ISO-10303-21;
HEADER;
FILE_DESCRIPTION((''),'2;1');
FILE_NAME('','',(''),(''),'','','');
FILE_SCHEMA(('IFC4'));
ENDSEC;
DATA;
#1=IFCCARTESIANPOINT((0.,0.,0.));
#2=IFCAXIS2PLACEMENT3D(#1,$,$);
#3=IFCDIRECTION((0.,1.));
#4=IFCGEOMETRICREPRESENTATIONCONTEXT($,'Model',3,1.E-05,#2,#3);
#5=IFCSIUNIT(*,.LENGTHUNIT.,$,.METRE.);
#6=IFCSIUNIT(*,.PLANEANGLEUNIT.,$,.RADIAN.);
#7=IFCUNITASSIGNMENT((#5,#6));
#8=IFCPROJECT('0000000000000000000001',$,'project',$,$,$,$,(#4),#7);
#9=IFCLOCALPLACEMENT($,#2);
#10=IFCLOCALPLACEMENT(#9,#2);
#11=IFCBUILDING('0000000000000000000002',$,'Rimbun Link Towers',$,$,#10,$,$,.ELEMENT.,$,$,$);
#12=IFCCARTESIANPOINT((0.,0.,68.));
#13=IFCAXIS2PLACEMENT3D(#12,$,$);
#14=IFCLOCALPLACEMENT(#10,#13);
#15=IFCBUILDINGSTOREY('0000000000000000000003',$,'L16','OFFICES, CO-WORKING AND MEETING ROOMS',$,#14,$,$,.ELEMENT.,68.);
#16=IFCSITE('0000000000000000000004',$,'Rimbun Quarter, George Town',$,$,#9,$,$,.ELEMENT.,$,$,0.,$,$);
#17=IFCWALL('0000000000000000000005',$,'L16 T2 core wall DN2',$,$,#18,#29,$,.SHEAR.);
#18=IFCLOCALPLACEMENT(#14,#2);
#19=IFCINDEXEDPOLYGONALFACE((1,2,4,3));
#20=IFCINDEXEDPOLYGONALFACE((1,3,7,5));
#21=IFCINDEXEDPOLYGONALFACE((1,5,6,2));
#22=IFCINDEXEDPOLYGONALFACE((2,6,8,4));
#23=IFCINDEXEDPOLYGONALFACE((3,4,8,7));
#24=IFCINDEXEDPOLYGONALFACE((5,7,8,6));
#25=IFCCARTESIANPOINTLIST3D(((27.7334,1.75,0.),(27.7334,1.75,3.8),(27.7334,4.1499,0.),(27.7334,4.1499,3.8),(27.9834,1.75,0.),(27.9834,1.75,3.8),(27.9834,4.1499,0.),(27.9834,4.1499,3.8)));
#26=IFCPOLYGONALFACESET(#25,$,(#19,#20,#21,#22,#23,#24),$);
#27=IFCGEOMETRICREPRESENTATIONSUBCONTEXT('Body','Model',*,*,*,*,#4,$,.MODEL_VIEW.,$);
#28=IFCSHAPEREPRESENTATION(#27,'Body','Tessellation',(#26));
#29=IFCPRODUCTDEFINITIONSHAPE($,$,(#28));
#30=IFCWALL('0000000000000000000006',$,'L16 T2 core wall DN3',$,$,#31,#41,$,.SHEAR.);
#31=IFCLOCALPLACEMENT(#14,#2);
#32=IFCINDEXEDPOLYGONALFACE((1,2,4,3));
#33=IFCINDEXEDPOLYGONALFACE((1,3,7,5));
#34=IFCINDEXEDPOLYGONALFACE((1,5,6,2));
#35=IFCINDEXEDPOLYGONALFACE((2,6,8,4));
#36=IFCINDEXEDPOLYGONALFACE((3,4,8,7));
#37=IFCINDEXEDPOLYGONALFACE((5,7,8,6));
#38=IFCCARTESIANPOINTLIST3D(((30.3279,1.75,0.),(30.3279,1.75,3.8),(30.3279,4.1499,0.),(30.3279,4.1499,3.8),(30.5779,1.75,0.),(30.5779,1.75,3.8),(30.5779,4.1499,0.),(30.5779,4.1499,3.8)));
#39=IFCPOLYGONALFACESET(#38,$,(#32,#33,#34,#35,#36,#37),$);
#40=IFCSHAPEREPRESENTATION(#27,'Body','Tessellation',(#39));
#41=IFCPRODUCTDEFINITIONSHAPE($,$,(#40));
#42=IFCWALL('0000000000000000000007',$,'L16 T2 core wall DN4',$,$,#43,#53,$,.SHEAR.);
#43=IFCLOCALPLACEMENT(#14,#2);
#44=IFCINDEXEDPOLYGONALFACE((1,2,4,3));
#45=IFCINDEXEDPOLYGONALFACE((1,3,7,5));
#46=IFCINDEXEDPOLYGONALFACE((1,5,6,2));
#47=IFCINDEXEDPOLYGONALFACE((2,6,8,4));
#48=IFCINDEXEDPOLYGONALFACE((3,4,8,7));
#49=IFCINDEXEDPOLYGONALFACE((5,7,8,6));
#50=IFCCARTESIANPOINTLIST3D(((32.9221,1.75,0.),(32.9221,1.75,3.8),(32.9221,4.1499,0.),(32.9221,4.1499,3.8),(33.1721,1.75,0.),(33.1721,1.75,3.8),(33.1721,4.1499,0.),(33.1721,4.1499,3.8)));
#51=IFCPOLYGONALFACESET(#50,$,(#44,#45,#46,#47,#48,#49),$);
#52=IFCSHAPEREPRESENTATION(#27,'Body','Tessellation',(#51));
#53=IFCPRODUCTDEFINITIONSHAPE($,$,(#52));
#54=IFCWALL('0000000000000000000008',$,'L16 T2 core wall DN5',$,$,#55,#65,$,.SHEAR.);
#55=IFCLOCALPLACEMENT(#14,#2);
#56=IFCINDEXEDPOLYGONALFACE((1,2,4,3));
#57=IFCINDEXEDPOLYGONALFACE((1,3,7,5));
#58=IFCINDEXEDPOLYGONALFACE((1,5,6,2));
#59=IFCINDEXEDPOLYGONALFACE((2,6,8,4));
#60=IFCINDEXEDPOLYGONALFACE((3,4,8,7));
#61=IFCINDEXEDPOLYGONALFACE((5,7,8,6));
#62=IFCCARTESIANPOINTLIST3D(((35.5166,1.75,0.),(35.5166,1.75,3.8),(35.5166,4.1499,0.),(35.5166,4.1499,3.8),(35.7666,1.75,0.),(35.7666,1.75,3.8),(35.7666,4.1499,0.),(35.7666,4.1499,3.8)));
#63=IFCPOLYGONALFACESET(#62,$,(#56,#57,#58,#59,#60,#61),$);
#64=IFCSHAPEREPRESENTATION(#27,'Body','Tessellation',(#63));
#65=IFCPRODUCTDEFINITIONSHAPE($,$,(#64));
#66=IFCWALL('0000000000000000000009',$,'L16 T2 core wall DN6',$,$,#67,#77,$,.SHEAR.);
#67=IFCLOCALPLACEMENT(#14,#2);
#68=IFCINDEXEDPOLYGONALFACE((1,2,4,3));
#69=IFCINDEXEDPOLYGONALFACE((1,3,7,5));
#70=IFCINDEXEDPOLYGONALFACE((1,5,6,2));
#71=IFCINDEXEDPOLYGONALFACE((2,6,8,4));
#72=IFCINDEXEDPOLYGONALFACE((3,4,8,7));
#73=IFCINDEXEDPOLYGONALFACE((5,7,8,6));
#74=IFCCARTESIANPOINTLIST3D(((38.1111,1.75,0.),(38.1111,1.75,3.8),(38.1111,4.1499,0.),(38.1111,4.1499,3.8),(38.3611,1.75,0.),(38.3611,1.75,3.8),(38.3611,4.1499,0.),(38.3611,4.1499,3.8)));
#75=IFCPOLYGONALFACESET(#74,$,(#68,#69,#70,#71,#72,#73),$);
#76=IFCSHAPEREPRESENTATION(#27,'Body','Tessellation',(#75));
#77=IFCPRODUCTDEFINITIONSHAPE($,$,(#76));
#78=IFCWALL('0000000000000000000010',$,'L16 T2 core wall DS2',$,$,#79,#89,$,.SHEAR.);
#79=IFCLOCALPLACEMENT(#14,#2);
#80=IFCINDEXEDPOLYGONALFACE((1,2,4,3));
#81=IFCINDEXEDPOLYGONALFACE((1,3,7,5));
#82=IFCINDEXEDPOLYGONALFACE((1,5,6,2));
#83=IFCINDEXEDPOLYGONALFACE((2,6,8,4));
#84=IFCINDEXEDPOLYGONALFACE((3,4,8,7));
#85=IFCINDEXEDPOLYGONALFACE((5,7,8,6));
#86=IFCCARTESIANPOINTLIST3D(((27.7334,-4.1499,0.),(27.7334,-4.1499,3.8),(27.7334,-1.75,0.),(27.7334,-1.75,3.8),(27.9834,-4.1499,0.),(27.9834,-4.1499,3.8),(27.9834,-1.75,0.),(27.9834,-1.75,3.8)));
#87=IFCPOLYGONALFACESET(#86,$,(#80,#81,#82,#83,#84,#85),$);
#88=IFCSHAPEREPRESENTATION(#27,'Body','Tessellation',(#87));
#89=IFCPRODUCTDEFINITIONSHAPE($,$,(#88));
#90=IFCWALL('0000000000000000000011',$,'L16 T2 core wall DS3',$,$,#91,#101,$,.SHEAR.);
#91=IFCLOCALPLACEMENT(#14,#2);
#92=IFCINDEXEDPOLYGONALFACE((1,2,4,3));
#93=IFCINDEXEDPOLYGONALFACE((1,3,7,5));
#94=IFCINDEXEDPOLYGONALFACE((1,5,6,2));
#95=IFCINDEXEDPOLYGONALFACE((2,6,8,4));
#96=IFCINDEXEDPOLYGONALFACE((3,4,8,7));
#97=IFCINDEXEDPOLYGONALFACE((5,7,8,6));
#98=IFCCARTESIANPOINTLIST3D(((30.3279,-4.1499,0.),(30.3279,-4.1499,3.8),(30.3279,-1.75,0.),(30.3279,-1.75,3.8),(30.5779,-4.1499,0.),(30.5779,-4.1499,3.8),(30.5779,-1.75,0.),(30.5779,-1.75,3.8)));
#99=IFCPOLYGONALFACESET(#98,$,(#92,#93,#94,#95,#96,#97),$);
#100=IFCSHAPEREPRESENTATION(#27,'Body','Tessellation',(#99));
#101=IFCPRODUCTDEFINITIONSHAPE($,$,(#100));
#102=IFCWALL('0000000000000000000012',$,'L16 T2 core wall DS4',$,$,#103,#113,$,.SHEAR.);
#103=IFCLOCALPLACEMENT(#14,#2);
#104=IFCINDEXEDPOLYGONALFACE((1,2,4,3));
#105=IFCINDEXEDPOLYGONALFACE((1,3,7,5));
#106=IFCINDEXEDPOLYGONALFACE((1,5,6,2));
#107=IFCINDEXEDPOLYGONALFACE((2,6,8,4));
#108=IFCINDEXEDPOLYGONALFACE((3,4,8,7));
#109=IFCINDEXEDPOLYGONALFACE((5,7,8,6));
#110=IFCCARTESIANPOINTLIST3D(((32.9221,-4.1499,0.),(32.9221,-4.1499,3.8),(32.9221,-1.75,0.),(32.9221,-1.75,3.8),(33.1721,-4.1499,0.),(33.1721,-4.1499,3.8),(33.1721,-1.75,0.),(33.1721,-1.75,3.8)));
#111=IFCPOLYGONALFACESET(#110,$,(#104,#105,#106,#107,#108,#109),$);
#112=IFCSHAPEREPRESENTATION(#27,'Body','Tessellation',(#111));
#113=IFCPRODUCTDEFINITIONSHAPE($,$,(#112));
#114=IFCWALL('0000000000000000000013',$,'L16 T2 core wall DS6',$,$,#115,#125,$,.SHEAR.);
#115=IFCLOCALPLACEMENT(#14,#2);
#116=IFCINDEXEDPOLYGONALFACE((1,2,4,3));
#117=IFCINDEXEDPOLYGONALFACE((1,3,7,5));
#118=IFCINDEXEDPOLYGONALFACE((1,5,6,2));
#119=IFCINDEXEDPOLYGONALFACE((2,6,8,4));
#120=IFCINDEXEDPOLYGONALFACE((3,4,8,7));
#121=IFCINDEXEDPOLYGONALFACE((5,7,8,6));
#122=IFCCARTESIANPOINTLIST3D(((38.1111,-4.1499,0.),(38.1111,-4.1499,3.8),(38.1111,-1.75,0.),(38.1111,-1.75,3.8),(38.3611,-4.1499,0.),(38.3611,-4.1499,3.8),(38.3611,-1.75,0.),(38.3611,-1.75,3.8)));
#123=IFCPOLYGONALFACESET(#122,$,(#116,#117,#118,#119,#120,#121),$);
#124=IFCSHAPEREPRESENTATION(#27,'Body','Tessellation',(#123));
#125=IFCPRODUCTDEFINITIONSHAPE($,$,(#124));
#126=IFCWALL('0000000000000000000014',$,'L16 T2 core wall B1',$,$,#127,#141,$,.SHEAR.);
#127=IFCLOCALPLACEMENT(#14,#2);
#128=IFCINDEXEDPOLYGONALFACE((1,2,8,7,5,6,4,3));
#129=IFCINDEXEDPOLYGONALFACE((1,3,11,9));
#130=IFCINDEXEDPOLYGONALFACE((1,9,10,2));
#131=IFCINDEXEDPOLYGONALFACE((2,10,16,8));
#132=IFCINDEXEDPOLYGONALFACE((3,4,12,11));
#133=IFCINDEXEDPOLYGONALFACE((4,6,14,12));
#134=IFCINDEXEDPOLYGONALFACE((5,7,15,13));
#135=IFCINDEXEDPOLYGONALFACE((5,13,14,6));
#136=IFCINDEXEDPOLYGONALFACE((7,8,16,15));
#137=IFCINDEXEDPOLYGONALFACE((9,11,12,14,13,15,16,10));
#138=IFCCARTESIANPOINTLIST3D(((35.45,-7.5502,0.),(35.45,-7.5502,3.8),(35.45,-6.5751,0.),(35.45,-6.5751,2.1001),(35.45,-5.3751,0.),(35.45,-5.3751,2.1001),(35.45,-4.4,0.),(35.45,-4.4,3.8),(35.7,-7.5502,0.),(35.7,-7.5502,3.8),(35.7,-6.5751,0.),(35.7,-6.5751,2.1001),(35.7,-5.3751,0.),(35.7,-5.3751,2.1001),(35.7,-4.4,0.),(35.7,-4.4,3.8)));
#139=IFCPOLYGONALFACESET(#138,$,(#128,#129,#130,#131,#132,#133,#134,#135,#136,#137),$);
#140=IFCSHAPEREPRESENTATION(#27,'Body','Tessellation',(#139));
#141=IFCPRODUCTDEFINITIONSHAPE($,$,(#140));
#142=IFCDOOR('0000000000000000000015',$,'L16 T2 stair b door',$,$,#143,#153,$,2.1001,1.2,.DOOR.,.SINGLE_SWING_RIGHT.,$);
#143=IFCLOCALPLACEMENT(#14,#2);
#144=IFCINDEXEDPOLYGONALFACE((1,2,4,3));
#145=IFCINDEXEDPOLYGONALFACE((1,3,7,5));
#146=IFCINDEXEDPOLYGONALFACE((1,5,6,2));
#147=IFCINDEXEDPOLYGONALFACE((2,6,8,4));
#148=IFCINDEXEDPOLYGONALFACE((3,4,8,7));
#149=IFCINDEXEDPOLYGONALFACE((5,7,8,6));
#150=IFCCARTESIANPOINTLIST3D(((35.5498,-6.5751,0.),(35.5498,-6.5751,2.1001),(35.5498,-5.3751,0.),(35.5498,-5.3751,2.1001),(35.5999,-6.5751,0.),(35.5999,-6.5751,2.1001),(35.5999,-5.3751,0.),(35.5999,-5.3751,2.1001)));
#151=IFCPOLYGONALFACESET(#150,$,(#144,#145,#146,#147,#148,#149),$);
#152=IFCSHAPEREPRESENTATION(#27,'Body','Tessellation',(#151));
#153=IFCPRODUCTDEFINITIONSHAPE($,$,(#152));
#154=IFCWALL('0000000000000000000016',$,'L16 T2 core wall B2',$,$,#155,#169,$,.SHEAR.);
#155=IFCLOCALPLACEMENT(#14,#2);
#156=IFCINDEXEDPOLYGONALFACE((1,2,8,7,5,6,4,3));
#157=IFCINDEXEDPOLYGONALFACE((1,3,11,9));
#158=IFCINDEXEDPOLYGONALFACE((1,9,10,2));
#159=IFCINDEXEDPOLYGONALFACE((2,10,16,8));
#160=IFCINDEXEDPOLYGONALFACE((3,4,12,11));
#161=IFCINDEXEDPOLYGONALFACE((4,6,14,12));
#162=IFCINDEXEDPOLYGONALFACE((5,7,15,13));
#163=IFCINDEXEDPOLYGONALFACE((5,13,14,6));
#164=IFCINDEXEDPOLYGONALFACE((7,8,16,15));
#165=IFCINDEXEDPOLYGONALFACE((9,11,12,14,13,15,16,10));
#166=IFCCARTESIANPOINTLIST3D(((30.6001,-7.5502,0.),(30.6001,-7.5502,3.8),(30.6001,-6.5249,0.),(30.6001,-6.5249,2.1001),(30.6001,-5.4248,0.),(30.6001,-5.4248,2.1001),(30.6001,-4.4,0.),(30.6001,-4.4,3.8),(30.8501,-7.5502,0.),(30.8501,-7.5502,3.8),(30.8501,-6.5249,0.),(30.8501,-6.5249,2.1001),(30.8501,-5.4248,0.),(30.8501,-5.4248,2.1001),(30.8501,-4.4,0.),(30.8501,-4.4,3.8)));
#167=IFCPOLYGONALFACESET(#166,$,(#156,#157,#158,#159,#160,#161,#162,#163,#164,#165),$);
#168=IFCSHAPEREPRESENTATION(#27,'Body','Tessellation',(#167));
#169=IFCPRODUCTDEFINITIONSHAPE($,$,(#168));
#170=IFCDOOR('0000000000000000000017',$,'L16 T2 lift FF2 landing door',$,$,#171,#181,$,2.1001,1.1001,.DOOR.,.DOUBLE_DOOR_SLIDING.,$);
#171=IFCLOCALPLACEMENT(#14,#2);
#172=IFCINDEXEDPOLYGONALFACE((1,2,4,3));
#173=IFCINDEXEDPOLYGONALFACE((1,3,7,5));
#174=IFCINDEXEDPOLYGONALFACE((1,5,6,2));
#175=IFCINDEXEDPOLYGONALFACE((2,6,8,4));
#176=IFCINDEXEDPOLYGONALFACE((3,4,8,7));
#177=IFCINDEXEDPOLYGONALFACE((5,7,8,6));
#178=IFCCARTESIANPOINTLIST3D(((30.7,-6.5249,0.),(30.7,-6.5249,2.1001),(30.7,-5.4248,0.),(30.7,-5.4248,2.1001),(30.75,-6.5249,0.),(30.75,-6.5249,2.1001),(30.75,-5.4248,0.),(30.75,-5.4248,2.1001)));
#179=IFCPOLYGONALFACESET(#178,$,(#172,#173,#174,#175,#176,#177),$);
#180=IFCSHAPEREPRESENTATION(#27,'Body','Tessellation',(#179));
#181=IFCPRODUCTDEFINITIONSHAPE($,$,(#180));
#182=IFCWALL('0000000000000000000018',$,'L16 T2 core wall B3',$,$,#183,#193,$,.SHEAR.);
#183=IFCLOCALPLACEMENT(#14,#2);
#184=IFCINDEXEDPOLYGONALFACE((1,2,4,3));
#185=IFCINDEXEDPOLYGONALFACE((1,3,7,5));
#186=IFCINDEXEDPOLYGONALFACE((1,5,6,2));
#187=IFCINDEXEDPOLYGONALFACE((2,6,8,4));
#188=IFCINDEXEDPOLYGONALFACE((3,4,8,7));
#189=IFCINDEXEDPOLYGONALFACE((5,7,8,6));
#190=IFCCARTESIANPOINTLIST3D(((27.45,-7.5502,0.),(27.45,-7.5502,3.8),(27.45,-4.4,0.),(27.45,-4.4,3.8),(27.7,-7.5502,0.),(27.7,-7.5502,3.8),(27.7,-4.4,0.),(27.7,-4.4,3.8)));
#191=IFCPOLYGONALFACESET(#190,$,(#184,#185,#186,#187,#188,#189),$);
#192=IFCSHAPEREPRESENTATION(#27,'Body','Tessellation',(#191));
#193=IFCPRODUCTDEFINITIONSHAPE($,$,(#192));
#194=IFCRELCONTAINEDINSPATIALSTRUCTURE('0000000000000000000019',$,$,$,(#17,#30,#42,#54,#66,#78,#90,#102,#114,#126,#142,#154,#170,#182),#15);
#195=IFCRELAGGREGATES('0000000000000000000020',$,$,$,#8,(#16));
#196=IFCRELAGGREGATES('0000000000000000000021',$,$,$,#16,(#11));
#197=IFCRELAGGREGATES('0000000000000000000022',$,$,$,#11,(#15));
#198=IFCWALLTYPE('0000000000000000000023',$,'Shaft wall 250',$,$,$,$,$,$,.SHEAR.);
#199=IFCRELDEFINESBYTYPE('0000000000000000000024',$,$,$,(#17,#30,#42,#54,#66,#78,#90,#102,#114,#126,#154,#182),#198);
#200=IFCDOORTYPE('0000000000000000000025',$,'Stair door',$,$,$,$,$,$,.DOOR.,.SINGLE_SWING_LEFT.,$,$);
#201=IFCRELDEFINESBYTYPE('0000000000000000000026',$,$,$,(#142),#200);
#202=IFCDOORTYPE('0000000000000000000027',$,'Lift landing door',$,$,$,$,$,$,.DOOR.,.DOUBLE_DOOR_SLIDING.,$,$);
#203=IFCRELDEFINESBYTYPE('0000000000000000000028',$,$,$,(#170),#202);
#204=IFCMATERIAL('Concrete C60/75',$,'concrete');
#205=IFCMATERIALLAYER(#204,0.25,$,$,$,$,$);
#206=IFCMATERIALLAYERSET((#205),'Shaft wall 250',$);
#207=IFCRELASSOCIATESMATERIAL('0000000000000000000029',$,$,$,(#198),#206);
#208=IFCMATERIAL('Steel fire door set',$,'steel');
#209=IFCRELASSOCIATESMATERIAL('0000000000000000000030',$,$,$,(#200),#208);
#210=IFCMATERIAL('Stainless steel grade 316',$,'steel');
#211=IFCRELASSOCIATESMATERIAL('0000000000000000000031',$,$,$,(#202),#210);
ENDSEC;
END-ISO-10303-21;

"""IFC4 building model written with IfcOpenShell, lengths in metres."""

from ifc_helpers import new_model, si_unit, direction, frame, frame_2d, origin, place, context, subcontext, project, spatial, rectangle, extrude, material, layer, layer_set, type_object, element, fill, save


model = new_model("IFC4")

# Units and contexts
model_context = context("Model", 3, precision=1e-05, world=origin(), true_north=direction((0.0, 1.0)))
body_context = subcontext(model_context, "Body", "Model", "MODEL_VIEW")
ifc_project = project(units=[si_unit("LENGTHUNIT", "METRE"), si_unit("PLANEANGLEUNIT", "RADIAN")], contexts=[model_context])

# Site, building, storey
site_placement = place(None, origin())
site = spatial("IfcSite", under=ifc_project, at=site_placement, Name="Rimbun Quarter, George Town", CompositionType="ELEMENT", RefElevation=0.0)
building_placement = place(site_placement, origin())
building = spatial("IfcBuilding", under=site, at=building_placement, Name="Rimbun Link Towers", CompositionType="ELEMENT")
storey_placement = place(building_placement, frame((0.0, 0.0, 68.0)))
storey = spatial("IfcBuildingStorey", under=building, at=storey_placement, Name="L16", Description="OFFICES, CO-WORKING AND MEETING ROOMS", CompositionType="ELEMENT", Elevation=68.0)

# Walls
ifc_material_1 = material(Name="Concrete C60/75", Category="concrete")
ifc_layer = layer(ifc_material_1, 0.25)
ifc_layer_set = layer_set([ifc_layer], Name="Shaft wall 250")
wall_type = type_object("IfcWallType", Name="Shaft wall 250", PredefinedType="SHEAR", material=ifc_layer_set)
for number, where, z_axis, x_axis, name in (
    (1, (27.8584, 1.75, 0.0), (0.0, 0.0, 1.0), (0.0, 1.0, 0.0), "L16 T2 core wall DN2"),
    (2, (30.4529, 1.75, 0.0), (0.0, 0.0, 1.0), (0.0, 1.0, 0.0), "L16 T2 core wall DN3"),
    (3, (33.0471, 1.75, 0.0), (0.0, 0.0, 1.0), (0.0, 1.0, 0.0), "L16 T2 core wall DN4"),
    (4, (35.6416, 1.75, 0.0), (0.0, 0.0, 1.0), (0.0, 1.0, 0.0), "L16 T2 core wall DN5"),
    (5, (38.2361, 1.75, 0.0), (0.0, 0.0, 1.0), (0.0, 1.0, 0.0), "L16 T2 core wall DN6"),
    (6, (27.8584, -4.1499, 0.0), (0.0, 0.0, 1.0), (0.0, 1.0, 0.0), "L16 T2 core wall DS2"),
    (7, (30.4529, -4.1499, 0.0), (0.0, 0.0, 1.0), (0.0, 1.0, 0.0), "L16 T2 core wall DS3"),
    (8, (33.0471, -4.1499, 0.0), (0.0, 0.0, 1.0), (0.0, 1.0, 0.0), "L16 T2 core wall DS4"),
    (9, (38.2361, -4.1499, 0.0), (0.0, 0.0, 1.0), (0.0, 1.0, 0.0), "L16 T2 core wall DS6"),
):
    element("IfcWall", number, at=place(storey_placement, frame(where, z_axis=z_axis, x_axis=x_axis)), inside=storey, type_object=wall_type, Name=name, PredefinedType="SHEAR", context=body_context, shape_type="SweptSolid", body=[
        extrude(rectangle(XDim=2.3999, YDim=0.25, at=frame_2d((1.2, 0.0))), origin(), (0.0, 0.0, 1.0), 3.8),
    ])

# Walls, openings, doors
wall_1_placement = place(storey_placement, frame((35.575, -4.3999, 0.0), z_axis=(0.0, 0.0, 1.0), x_axis=(0.0, -1.0, 0.0)))
wall_1 = element("IfcWall", 10, at=wall_1_placement, inside=storey, type_object=wall_type, Name="L16 T2 core wall B1", PredefinedType="SHEAR", context=body_context, shape_type="SweptSolid", body=[
    extrude(rectangle(XDim=3.1501, YDim=0.25, at=frame_2d((1.5752, 0.0))), origin(), (0.0, 0.0, 1.0), 3.8),
])
opening_1_placement = place(wall_1_placement, frame((0.9751, 0.0, 0.0)))
opening_1 = element("IfcOpeningElement", 11, at=opening_1_placement, cuts=wall_1, PredefinedType="OPENING", context=body_context, shape_type="SweptSolid", body=[
    extrude(rectangle(XDim=1.2, YDim=2.1001, at=frame_2d((0.6001, 1.05))), frame((0.0, 0.135, 0.0), z_axis=(0.0, -1.0, 0.0), x_axis=(1.0, 0.0, 0.0)), (0.0, 0.0, 1.0), 0.27),
])
ifc_material_2 = material(Name="Steel fire door set", Category="steel")
door_type_1 = type_object("IfcDoorType", Name="Stair door", OperationType="SINGLE_SWING_LEFT", PredefinedType="DOOR", material=ifc_material_2)
door_1_placement = place(opening_1_placement, origin())
door_1 = element("IfcDoor", 12, at=door_1_placement, inside=storey, type_object=door_type_1, Name="L16 T2 stair b door", OperationType="SINGLE_SWING_RIGHT", OverallHeight=2.1001, OverallWidth=1.2, PredefinedType="DOOR", context=body_context, shape_type="SweptSolid", body=[
    extrude(rectangle(XDim=1.2, YDim=2.1001, at=frame_2d((0.6001, 1.05))), frame((0.0, 0.0249, 0.0), z_axis=(0.0, -1.0, 0.0), x_axis=(1.0, 0.0, 0.0)), (0.0, 0.0, 1.0), 0.05),
])
fill(opening_1, door_1)
wall_2_placement = place(storey_placement, frame((30.7251, -4.3999, 0.0), z_axis=(0.0, 0.0, 1.0), x_axis=(0.0, -1.0, 0.0)))
wall_2 = element("IfcWall", 13, at=wall_2_placement, inside=storey, type_object=wall_type, Name="L16 T2 core wall B2", PredefinedType="SHEAR", context=body_context, shape_type="SweptSolid", body=[
    extrude(rectangle(XDim=3.1501, YDim=0.25, at=frame_2d((1.5752, 0.0))), origin(), (0.0, 0.0, 1.0), 3.8),
])
opening_2_placement = place(wall_2_placement, frame((1.0249, 0.0, 0.0)))
opening_2 = element("IfcOpeningElement", 14, at=opening_2_placement, cuts=wall_2, PredefinedType="OPENING", context=body_context, shape_type="SweptSolid", body=[
    extrude(rectangle(XDim=1.1001, YDim=2.1001, at=frame_2d((0.55, 1.05))), frame((0.0, 0.135, 0.0), z_axis=(0.0, -1.0, 0.0), x_axis=(1.0, 0.0, 0.0)), (0.0, 0.0, 1.0), 0.27),
])
ifc_material_3 = material(Name="Stainless steel grade 316", Category="steel")
door_type_2 = type_object("IfcDoorType", Name="Lift landing door", OperationType="DOUBLE_DOOR_SLIDING", PredefinedType="DOOR", material=ifc_material_3)
door_2_placement = place(opening_2_placement, origin())
door_2 = element("IfcDoor", 15, at=door_2_placement, inside=storey, type_object=door_type_2, Name="L16 T2 lift FF2 landing door", OperationType="DOUBLE_DOOR_SLIDING", OverallHeight=2.1001, OverallWidth=1.1001, PredefinedType="DOOR", context=body_context, shape_type="SweptSolid", body=[
    extrude(rectangle(XDim=1.1001, YDim=2.1001, at=frame_2d((0.55, 1.05))), frame((0.0, 0.0249, 0.0), z_axis=(0.0, -1.0, 0.0), x_axis=(1.0, 0.0, 0.0)), (0.0, 0.0, 1.0), 0.05),
])
fill(opening_2, door_2)

# Wall
wall_3_placement = place(storey_placement, frame((27.575, -4.3999, 0.0), z_axis=(0.0, 0.0, 1.0), x_axis=(0.0, -1.0, 0.0)))
element("IfcWall", 16, at=wall_3_placement, inside=storey, type_object=wall_type, Name="L16 T2 core wall B3", PredefinedType="SHEAR", context=body_context, shape_type="SweptSolid", body=[
    extrude(rectangle(XDim=3.1501, YDim=0.25, at=frame_2d((1.5752, 0.0))), origin(), (0.0, 0.0, 1.0), 3.8),
])

save(model, "model.ifc")
